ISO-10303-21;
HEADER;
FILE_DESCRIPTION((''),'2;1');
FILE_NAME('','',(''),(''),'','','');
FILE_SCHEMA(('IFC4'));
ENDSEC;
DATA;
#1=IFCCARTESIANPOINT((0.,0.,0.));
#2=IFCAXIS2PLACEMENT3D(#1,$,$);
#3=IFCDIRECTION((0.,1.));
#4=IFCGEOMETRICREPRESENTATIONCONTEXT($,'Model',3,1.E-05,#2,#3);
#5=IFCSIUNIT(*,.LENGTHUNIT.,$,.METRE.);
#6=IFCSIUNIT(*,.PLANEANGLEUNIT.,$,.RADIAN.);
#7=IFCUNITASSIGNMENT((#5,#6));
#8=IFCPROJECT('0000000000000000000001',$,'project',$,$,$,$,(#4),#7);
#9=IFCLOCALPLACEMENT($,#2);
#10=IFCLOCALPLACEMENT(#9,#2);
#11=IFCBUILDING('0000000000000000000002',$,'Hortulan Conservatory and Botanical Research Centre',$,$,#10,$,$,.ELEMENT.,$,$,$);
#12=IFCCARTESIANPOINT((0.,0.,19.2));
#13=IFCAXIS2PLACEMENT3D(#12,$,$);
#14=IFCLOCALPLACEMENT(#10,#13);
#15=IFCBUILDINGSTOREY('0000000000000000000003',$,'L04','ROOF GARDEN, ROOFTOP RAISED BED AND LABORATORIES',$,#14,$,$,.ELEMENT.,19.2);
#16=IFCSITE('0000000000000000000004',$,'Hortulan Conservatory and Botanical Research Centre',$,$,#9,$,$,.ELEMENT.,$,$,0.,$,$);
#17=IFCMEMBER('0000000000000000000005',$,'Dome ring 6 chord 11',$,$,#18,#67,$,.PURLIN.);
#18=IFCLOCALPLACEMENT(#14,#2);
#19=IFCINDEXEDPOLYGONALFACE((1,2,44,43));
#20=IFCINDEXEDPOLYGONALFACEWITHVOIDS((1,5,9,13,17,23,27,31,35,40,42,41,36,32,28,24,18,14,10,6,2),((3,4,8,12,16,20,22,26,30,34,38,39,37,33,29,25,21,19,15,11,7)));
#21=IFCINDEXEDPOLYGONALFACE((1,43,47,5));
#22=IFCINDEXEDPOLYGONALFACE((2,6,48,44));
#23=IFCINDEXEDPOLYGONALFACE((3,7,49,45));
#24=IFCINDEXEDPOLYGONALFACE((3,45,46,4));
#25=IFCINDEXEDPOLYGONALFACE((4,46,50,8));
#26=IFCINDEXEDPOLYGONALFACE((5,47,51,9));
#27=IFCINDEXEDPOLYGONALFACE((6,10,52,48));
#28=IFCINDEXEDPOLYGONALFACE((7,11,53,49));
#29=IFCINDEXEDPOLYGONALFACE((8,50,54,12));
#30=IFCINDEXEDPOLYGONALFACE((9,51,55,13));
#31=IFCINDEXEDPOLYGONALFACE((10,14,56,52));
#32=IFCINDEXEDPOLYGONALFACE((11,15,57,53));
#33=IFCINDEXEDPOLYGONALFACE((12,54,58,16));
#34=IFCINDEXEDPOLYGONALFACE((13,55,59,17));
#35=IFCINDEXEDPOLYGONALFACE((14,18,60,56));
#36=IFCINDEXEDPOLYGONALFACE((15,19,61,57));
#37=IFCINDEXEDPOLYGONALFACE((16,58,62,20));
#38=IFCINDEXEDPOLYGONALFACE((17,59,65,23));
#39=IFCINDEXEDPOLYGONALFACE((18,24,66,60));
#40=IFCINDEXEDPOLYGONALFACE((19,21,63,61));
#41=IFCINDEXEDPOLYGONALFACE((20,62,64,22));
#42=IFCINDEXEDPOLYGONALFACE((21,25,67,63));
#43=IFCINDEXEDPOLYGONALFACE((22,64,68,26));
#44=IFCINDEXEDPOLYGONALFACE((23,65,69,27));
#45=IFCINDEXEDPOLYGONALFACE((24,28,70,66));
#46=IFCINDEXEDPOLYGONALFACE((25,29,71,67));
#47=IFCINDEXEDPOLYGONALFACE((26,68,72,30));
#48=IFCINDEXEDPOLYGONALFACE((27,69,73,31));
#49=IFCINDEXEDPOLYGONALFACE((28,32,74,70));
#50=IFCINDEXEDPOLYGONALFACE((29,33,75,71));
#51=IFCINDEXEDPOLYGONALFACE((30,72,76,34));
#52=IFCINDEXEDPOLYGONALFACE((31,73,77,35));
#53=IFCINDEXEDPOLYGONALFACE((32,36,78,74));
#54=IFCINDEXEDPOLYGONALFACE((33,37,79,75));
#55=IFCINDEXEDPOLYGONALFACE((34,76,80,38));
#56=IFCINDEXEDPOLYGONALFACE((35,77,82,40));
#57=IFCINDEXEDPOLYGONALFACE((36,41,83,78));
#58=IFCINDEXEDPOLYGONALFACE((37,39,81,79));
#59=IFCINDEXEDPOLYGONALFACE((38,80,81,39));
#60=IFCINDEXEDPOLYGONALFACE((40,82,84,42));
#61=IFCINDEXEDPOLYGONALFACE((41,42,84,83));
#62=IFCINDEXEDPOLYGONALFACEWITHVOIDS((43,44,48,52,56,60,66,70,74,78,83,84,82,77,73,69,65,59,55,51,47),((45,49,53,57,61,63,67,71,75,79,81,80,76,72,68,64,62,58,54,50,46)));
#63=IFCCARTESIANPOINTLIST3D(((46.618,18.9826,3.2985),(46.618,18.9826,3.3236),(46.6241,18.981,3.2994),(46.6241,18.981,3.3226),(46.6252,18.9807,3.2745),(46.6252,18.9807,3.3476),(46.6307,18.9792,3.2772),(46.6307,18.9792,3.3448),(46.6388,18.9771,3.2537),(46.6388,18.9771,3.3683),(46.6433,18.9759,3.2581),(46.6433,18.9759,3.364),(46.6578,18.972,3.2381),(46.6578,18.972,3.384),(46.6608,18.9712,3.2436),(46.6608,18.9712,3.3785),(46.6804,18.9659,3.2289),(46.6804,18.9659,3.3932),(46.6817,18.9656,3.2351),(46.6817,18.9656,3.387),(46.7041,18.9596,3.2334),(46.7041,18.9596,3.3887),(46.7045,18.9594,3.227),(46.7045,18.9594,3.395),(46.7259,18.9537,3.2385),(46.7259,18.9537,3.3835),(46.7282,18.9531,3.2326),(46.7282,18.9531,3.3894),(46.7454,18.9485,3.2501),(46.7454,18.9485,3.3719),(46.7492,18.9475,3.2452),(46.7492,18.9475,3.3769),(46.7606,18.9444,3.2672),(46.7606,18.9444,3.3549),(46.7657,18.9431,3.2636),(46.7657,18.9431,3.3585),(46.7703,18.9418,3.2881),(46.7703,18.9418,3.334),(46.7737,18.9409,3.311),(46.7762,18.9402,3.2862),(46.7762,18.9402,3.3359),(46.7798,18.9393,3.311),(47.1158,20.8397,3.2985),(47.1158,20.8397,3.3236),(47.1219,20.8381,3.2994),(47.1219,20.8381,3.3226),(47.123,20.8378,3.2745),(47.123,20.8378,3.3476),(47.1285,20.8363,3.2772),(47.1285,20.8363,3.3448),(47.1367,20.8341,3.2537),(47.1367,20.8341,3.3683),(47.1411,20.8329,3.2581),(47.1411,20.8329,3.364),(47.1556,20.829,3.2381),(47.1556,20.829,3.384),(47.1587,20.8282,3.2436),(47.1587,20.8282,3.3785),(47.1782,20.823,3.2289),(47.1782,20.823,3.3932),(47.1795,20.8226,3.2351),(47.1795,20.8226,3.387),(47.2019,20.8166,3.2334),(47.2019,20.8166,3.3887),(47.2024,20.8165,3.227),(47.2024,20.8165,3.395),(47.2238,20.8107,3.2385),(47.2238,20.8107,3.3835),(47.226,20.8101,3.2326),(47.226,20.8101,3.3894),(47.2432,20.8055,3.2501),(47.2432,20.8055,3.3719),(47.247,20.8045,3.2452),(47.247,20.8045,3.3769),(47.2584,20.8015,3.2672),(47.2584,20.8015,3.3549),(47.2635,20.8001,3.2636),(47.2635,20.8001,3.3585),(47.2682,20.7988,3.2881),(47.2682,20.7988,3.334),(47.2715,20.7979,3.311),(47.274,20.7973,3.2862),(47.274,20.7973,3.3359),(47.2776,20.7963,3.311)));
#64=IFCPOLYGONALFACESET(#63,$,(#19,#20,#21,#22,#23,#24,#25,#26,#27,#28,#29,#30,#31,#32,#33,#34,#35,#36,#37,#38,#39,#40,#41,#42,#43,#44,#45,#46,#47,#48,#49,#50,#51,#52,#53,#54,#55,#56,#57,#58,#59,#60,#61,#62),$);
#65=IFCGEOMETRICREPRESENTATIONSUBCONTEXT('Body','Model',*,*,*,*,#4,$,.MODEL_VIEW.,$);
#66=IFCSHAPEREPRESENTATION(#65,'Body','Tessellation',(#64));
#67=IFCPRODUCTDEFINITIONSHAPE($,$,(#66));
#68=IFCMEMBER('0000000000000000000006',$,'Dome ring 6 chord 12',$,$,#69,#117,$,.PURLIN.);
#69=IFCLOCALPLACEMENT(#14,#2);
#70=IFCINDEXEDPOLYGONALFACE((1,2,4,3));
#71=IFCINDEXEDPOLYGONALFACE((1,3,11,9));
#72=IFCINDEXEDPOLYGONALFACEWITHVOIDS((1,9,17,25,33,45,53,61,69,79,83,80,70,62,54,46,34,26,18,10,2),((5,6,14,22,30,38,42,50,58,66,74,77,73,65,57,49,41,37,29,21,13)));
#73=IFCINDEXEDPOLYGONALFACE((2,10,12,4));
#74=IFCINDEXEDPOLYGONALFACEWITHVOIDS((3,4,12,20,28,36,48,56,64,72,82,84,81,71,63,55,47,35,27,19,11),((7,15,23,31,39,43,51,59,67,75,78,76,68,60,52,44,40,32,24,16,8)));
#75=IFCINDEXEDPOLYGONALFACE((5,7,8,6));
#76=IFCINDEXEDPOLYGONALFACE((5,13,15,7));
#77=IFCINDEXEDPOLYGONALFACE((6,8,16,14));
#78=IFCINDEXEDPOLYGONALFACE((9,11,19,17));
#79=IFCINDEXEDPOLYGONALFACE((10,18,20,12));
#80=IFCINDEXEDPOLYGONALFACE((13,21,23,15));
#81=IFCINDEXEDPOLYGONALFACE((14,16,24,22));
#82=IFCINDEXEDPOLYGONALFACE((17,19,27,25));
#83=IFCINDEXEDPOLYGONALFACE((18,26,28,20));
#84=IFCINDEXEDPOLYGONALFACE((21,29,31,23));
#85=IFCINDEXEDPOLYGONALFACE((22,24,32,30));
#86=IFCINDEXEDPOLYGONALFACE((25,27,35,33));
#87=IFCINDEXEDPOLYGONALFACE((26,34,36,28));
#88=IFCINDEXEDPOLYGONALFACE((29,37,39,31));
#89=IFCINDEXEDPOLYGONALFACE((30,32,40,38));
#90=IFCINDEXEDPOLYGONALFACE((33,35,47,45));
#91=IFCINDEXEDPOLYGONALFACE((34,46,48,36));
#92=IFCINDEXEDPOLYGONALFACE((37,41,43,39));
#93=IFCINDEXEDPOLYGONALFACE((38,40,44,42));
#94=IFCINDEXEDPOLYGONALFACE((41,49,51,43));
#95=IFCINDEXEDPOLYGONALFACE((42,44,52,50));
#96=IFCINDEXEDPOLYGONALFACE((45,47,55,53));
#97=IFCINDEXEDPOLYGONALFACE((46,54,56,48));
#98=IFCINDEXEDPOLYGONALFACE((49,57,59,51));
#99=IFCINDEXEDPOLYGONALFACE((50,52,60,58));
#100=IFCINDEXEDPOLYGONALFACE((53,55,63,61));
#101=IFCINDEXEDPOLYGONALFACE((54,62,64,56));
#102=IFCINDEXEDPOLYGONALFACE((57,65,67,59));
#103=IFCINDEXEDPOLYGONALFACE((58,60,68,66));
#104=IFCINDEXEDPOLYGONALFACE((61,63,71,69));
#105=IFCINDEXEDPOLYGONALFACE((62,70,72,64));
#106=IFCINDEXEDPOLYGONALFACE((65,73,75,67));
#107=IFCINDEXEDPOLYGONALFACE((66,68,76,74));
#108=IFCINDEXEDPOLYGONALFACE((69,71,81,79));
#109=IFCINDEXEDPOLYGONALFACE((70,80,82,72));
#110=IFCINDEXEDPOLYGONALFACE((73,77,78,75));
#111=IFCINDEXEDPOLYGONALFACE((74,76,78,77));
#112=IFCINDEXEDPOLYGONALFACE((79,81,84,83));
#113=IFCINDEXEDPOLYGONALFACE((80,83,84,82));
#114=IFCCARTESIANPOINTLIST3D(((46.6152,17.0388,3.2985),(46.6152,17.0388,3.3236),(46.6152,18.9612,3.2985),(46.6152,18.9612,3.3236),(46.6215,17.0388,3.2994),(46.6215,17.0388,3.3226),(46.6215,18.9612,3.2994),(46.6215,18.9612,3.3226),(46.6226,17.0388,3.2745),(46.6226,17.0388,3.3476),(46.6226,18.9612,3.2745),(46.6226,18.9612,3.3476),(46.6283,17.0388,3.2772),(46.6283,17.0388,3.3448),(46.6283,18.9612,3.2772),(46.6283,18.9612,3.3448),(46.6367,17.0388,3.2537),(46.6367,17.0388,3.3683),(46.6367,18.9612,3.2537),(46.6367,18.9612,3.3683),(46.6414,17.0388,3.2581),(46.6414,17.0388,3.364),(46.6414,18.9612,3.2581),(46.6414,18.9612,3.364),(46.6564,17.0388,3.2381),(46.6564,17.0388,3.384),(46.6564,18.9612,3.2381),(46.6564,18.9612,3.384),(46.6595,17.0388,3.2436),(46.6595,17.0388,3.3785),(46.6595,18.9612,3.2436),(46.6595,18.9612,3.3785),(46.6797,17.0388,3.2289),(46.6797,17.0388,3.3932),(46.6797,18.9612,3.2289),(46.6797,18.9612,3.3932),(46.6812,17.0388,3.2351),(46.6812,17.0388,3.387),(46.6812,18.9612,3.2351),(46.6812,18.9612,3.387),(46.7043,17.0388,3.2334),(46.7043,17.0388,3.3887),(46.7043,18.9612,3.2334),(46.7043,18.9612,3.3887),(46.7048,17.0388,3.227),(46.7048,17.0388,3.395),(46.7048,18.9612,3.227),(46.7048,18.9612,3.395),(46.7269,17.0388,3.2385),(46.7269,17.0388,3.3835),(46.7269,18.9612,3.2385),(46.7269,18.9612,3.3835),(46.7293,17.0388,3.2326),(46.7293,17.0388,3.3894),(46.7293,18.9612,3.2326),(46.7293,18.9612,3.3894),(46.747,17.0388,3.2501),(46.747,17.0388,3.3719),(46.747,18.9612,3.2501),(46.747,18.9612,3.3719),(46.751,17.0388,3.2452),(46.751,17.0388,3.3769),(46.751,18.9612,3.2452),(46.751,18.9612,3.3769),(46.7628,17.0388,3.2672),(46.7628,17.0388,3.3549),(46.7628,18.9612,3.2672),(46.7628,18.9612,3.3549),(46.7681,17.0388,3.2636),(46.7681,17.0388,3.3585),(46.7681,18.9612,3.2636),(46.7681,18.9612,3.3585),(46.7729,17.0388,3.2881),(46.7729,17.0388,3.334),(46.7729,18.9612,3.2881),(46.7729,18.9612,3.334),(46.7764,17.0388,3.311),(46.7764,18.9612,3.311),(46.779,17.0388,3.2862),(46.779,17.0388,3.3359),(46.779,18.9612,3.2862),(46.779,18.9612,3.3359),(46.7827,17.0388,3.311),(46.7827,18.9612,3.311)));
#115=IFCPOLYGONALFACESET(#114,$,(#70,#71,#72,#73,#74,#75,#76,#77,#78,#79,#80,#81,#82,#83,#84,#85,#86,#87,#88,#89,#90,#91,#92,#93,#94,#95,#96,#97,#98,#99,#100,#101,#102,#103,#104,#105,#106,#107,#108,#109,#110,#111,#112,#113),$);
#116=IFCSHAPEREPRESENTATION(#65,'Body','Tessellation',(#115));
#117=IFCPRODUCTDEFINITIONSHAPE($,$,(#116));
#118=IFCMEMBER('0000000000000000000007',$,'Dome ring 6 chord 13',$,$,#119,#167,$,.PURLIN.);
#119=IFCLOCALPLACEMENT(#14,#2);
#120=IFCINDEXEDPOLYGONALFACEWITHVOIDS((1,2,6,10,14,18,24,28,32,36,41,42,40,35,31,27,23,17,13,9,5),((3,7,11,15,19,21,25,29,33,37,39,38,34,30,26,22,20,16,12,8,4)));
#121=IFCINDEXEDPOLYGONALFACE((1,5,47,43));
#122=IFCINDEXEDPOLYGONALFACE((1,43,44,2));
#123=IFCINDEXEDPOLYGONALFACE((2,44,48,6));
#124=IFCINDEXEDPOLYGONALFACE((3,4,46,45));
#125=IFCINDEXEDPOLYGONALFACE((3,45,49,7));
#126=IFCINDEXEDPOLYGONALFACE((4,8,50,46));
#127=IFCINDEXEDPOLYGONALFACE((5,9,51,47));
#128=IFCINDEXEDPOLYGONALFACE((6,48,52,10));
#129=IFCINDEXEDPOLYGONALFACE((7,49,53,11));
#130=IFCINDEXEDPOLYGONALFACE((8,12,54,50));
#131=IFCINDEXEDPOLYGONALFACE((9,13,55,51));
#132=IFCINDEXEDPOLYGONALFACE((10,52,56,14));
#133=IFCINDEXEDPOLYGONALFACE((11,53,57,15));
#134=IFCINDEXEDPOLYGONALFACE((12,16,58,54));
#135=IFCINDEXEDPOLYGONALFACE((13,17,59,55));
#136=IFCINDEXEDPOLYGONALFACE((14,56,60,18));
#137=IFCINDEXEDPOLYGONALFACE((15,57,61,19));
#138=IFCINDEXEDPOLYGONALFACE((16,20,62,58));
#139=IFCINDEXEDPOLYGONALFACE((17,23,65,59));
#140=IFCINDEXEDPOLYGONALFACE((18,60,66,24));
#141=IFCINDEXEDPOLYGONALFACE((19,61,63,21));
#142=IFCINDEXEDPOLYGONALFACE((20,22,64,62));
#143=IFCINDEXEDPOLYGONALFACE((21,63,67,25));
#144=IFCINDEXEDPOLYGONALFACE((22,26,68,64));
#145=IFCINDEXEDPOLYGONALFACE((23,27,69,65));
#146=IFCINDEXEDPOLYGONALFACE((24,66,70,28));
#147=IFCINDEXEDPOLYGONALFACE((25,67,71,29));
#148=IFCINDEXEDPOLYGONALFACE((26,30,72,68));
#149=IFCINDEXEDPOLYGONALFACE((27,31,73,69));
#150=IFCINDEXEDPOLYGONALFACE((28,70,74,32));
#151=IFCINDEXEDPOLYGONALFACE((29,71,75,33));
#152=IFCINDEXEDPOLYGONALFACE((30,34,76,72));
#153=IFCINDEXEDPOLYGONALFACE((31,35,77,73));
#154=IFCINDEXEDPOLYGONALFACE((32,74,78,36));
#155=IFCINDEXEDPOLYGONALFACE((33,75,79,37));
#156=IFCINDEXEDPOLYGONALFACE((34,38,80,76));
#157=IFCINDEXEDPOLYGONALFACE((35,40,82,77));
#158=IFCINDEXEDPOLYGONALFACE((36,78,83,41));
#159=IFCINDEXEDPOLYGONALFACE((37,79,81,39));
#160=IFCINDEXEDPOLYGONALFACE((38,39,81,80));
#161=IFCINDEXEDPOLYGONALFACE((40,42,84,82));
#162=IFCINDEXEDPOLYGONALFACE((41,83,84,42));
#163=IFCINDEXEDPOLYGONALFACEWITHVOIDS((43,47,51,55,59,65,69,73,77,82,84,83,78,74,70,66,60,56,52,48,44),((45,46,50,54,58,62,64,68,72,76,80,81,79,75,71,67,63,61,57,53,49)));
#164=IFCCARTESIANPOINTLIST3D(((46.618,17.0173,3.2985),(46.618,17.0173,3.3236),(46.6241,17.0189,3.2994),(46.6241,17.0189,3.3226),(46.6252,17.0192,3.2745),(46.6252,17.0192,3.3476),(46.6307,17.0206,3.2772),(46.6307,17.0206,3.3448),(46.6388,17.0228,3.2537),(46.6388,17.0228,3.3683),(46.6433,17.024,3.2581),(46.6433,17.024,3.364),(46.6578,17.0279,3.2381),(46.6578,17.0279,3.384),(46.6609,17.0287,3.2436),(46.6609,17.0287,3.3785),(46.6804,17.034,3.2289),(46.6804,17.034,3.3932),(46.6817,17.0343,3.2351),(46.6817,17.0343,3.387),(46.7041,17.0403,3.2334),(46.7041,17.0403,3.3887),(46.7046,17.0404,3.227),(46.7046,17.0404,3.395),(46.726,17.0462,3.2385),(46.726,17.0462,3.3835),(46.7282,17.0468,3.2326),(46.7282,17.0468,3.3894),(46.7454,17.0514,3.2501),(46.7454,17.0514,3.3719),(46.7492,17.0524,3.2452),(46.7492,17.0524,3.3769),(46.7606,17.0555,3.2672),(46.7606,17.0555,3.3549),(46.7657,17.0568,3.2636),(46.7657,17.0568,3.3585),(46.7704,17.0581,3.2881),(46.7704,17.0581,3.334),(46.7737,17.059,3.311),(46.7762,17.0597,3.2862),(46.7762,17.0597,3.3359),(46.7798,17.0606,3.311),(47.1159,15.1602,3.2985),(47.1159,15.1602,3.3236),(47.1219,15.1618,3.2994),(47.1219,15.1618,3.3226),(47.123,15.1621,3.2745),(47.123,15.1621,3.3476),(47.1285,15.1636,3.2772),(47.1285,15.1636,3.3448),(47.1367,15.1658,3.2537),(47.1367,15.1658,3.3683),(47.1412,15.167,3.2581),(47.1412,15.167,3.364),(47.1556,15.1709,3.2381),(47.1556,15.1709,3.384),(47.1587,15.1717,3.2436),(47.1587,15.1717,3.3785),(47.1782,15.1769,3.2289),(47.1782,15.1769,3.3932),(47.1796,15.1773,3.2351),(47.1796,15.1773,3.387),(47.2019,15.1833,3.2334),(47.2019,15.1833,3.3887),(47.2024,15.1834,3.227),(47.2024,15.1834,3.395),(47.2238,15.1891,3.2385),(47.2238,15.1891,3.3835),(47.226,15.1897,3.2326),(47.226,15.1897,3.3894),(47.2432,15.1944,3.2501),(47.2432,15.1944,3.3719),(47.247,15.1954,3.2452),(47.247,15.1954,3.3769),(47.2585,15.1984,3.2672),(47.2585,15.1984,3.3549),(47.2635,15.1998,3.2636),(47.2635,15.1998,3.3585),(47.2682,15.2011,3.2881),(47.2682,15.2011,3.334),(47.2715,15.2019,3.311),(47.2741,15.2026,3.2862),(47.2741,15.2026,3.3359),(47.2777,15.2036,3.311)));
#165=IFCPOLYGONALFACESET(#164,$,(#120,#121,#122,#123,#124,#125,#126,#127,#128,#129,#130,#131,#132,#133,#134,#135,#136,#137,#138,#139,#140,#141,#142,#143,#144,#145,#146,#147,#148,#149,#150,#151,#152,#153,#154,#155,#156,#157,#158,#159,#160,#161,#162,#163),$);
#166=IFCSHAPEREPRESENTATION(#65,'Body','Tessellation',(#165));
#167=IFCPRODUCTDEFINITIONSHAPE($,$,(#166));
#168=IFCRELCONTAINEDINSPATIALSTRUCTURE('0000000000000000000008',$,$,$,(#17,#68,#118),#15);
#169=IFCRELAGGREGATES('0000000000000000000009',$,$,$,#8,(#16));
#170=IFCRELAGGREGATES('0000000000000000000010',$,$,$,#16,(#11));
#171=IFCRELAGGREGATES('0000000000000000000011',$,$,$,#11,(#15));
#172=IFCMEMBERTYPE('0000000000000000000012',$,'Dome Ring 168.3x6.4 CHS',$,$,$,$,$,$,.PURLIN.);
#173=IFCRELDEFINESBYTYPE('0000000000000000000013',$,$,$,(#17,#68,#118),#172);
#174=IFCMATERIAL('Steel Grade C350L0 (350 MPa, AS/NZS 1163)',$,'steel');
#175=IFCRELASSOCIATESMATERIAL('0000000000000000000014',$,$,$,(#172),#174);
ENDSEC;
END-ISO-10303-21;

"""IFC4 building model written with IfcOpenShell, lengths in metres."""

from ifc_helpers import new_model, si_unit, direction, frame, origin, origin_2d, place, context, subcontext, project, spatial, hollow_circle, extrude, material, material_profile, profile_set, type_object, element, save


model = new_model("IFC4")

# Units and contexts
model_context = context("Model", 3, precision=1e-05, world=origin(), true_north=direction((0.0, 1.0)))
body_context = subcontext(model_context, "Body", "Model", "MODEL_VIEW")
ifc_project = project(units=[si_unit("LENGTHUNIT", "METRE"), si_unit("PLANEANGLEUNIT", "RADIAN")], contexts=[model_context])

# Site, building, storey
site_placement = place(None, origin())
site = spatial("IfcSite", under=ifc_project, at=site_placement, Name="Hortulan Conservatory and Botanical Research Centre", CompositionType="ELEMENT", RefElevation=0.0)
building_placement = place(site_placement, origin())
building = spatial("IfcBuilding", under=site, at=building_placement, Name="Hortulan Conservatory and Botanical Research Centre", CompositionType="ELEMENT")
storey_placement = place(building_placement, frame((0.0, 0.0, 19.2)))
storey = spatial("IfcBuildingStorey", under=building, at=storey_placement, Name="L04", Description="ROOF GARDEN, ROOFTOP RAISED BED AND LABORATORIES", CompositionType="ELEMENT", Elevation=19.2)

# Shared definitions
ifc_material_1 = material(Name="Steel Grade C350L0 (350 MPa, AS/NZS 1163)", Category="steel")

# Members
ifc_material_profile_1 = material_profile(ifc_material_1, hollow_circle(Radius=0.0842, WallThickness=0.0063, at=origin_2d()), Name="168.3x6.4CHS")
ifc_profile_set_1 = profile_set([ifc_material_profile_1], Name="Steel Grade C350L0 (350 MPa, AS/NZS 1163)")
member_type_1 = type_object("IfcMemberType", Name="Dome Ring 168.3x6.4 CHS", PredefinedType="PURLIN", material=ifc_profile_set_1)
member_1_placement = place(storey_placement, frame((47.1963, 20.8181, 3.311), z_axis=(-0.258935, -0.965895, 0.0), x_axis=(0.965895, -0.258935, 0.0)))
element("IfcMember", 1, at=member_1_placement, inside=storey, type_object=member_type_1, Name="Dome ring 6 chord 11", PredefinedType="PURLIN", context=body_context, shape_type="SweptSolid", body=[
    extrude(hollow_circle(Radius=0.0842, WallThickness=0.0063, at=origin_2d()), origin(), (0.0, 0.0, 1.0), 1.9226),
])
member_2_placement = place(storey_placement, frame((46.6985, 18.9612, 3.311), z_axis=(0.0, -1.0, 0.0), x_axis=(1.0, 0.0, 0.0)))
element("IfcMember", 2, at=member_2_placement, inside=storey, type_object=member_type_1, Name="Dome ring 6 chord 12", PredefinedType="PURLIN", context=body_context, shape_type="SweptSolid", body=[
    extrude(hollow_circle(Radius=0.0842, WallThickness=0.0063, at=origin_2d()), origin(), (0.0, 0.0, 1.0), 1.9224),
])
for number, where, z_axis, x_axis, name in (
    (3, (46.6985, 17.0388, 3.311), (0.258935, -0.965895, 0.0), (0.965895, 0.258935, 0.0), "Dome ring 6 chord 13"),
):
    element("IfcMember", number, at=place(storey_placement, frame(where, z_axis=z_axis, x_axis=x_axis)), inside=storey, type_object=member_type_1, Name=name, PredefinedType="PURLIN", context=body_context, shape_type="SweptSolid", body=[
        extrude(hollow_circle(Radius=0.0842, WallThickness=0.0063, at=origin_2d()), origin(), (0.0, 0.0, 1.0), 1.9226),
    ])

save(model, "model.ifc")
